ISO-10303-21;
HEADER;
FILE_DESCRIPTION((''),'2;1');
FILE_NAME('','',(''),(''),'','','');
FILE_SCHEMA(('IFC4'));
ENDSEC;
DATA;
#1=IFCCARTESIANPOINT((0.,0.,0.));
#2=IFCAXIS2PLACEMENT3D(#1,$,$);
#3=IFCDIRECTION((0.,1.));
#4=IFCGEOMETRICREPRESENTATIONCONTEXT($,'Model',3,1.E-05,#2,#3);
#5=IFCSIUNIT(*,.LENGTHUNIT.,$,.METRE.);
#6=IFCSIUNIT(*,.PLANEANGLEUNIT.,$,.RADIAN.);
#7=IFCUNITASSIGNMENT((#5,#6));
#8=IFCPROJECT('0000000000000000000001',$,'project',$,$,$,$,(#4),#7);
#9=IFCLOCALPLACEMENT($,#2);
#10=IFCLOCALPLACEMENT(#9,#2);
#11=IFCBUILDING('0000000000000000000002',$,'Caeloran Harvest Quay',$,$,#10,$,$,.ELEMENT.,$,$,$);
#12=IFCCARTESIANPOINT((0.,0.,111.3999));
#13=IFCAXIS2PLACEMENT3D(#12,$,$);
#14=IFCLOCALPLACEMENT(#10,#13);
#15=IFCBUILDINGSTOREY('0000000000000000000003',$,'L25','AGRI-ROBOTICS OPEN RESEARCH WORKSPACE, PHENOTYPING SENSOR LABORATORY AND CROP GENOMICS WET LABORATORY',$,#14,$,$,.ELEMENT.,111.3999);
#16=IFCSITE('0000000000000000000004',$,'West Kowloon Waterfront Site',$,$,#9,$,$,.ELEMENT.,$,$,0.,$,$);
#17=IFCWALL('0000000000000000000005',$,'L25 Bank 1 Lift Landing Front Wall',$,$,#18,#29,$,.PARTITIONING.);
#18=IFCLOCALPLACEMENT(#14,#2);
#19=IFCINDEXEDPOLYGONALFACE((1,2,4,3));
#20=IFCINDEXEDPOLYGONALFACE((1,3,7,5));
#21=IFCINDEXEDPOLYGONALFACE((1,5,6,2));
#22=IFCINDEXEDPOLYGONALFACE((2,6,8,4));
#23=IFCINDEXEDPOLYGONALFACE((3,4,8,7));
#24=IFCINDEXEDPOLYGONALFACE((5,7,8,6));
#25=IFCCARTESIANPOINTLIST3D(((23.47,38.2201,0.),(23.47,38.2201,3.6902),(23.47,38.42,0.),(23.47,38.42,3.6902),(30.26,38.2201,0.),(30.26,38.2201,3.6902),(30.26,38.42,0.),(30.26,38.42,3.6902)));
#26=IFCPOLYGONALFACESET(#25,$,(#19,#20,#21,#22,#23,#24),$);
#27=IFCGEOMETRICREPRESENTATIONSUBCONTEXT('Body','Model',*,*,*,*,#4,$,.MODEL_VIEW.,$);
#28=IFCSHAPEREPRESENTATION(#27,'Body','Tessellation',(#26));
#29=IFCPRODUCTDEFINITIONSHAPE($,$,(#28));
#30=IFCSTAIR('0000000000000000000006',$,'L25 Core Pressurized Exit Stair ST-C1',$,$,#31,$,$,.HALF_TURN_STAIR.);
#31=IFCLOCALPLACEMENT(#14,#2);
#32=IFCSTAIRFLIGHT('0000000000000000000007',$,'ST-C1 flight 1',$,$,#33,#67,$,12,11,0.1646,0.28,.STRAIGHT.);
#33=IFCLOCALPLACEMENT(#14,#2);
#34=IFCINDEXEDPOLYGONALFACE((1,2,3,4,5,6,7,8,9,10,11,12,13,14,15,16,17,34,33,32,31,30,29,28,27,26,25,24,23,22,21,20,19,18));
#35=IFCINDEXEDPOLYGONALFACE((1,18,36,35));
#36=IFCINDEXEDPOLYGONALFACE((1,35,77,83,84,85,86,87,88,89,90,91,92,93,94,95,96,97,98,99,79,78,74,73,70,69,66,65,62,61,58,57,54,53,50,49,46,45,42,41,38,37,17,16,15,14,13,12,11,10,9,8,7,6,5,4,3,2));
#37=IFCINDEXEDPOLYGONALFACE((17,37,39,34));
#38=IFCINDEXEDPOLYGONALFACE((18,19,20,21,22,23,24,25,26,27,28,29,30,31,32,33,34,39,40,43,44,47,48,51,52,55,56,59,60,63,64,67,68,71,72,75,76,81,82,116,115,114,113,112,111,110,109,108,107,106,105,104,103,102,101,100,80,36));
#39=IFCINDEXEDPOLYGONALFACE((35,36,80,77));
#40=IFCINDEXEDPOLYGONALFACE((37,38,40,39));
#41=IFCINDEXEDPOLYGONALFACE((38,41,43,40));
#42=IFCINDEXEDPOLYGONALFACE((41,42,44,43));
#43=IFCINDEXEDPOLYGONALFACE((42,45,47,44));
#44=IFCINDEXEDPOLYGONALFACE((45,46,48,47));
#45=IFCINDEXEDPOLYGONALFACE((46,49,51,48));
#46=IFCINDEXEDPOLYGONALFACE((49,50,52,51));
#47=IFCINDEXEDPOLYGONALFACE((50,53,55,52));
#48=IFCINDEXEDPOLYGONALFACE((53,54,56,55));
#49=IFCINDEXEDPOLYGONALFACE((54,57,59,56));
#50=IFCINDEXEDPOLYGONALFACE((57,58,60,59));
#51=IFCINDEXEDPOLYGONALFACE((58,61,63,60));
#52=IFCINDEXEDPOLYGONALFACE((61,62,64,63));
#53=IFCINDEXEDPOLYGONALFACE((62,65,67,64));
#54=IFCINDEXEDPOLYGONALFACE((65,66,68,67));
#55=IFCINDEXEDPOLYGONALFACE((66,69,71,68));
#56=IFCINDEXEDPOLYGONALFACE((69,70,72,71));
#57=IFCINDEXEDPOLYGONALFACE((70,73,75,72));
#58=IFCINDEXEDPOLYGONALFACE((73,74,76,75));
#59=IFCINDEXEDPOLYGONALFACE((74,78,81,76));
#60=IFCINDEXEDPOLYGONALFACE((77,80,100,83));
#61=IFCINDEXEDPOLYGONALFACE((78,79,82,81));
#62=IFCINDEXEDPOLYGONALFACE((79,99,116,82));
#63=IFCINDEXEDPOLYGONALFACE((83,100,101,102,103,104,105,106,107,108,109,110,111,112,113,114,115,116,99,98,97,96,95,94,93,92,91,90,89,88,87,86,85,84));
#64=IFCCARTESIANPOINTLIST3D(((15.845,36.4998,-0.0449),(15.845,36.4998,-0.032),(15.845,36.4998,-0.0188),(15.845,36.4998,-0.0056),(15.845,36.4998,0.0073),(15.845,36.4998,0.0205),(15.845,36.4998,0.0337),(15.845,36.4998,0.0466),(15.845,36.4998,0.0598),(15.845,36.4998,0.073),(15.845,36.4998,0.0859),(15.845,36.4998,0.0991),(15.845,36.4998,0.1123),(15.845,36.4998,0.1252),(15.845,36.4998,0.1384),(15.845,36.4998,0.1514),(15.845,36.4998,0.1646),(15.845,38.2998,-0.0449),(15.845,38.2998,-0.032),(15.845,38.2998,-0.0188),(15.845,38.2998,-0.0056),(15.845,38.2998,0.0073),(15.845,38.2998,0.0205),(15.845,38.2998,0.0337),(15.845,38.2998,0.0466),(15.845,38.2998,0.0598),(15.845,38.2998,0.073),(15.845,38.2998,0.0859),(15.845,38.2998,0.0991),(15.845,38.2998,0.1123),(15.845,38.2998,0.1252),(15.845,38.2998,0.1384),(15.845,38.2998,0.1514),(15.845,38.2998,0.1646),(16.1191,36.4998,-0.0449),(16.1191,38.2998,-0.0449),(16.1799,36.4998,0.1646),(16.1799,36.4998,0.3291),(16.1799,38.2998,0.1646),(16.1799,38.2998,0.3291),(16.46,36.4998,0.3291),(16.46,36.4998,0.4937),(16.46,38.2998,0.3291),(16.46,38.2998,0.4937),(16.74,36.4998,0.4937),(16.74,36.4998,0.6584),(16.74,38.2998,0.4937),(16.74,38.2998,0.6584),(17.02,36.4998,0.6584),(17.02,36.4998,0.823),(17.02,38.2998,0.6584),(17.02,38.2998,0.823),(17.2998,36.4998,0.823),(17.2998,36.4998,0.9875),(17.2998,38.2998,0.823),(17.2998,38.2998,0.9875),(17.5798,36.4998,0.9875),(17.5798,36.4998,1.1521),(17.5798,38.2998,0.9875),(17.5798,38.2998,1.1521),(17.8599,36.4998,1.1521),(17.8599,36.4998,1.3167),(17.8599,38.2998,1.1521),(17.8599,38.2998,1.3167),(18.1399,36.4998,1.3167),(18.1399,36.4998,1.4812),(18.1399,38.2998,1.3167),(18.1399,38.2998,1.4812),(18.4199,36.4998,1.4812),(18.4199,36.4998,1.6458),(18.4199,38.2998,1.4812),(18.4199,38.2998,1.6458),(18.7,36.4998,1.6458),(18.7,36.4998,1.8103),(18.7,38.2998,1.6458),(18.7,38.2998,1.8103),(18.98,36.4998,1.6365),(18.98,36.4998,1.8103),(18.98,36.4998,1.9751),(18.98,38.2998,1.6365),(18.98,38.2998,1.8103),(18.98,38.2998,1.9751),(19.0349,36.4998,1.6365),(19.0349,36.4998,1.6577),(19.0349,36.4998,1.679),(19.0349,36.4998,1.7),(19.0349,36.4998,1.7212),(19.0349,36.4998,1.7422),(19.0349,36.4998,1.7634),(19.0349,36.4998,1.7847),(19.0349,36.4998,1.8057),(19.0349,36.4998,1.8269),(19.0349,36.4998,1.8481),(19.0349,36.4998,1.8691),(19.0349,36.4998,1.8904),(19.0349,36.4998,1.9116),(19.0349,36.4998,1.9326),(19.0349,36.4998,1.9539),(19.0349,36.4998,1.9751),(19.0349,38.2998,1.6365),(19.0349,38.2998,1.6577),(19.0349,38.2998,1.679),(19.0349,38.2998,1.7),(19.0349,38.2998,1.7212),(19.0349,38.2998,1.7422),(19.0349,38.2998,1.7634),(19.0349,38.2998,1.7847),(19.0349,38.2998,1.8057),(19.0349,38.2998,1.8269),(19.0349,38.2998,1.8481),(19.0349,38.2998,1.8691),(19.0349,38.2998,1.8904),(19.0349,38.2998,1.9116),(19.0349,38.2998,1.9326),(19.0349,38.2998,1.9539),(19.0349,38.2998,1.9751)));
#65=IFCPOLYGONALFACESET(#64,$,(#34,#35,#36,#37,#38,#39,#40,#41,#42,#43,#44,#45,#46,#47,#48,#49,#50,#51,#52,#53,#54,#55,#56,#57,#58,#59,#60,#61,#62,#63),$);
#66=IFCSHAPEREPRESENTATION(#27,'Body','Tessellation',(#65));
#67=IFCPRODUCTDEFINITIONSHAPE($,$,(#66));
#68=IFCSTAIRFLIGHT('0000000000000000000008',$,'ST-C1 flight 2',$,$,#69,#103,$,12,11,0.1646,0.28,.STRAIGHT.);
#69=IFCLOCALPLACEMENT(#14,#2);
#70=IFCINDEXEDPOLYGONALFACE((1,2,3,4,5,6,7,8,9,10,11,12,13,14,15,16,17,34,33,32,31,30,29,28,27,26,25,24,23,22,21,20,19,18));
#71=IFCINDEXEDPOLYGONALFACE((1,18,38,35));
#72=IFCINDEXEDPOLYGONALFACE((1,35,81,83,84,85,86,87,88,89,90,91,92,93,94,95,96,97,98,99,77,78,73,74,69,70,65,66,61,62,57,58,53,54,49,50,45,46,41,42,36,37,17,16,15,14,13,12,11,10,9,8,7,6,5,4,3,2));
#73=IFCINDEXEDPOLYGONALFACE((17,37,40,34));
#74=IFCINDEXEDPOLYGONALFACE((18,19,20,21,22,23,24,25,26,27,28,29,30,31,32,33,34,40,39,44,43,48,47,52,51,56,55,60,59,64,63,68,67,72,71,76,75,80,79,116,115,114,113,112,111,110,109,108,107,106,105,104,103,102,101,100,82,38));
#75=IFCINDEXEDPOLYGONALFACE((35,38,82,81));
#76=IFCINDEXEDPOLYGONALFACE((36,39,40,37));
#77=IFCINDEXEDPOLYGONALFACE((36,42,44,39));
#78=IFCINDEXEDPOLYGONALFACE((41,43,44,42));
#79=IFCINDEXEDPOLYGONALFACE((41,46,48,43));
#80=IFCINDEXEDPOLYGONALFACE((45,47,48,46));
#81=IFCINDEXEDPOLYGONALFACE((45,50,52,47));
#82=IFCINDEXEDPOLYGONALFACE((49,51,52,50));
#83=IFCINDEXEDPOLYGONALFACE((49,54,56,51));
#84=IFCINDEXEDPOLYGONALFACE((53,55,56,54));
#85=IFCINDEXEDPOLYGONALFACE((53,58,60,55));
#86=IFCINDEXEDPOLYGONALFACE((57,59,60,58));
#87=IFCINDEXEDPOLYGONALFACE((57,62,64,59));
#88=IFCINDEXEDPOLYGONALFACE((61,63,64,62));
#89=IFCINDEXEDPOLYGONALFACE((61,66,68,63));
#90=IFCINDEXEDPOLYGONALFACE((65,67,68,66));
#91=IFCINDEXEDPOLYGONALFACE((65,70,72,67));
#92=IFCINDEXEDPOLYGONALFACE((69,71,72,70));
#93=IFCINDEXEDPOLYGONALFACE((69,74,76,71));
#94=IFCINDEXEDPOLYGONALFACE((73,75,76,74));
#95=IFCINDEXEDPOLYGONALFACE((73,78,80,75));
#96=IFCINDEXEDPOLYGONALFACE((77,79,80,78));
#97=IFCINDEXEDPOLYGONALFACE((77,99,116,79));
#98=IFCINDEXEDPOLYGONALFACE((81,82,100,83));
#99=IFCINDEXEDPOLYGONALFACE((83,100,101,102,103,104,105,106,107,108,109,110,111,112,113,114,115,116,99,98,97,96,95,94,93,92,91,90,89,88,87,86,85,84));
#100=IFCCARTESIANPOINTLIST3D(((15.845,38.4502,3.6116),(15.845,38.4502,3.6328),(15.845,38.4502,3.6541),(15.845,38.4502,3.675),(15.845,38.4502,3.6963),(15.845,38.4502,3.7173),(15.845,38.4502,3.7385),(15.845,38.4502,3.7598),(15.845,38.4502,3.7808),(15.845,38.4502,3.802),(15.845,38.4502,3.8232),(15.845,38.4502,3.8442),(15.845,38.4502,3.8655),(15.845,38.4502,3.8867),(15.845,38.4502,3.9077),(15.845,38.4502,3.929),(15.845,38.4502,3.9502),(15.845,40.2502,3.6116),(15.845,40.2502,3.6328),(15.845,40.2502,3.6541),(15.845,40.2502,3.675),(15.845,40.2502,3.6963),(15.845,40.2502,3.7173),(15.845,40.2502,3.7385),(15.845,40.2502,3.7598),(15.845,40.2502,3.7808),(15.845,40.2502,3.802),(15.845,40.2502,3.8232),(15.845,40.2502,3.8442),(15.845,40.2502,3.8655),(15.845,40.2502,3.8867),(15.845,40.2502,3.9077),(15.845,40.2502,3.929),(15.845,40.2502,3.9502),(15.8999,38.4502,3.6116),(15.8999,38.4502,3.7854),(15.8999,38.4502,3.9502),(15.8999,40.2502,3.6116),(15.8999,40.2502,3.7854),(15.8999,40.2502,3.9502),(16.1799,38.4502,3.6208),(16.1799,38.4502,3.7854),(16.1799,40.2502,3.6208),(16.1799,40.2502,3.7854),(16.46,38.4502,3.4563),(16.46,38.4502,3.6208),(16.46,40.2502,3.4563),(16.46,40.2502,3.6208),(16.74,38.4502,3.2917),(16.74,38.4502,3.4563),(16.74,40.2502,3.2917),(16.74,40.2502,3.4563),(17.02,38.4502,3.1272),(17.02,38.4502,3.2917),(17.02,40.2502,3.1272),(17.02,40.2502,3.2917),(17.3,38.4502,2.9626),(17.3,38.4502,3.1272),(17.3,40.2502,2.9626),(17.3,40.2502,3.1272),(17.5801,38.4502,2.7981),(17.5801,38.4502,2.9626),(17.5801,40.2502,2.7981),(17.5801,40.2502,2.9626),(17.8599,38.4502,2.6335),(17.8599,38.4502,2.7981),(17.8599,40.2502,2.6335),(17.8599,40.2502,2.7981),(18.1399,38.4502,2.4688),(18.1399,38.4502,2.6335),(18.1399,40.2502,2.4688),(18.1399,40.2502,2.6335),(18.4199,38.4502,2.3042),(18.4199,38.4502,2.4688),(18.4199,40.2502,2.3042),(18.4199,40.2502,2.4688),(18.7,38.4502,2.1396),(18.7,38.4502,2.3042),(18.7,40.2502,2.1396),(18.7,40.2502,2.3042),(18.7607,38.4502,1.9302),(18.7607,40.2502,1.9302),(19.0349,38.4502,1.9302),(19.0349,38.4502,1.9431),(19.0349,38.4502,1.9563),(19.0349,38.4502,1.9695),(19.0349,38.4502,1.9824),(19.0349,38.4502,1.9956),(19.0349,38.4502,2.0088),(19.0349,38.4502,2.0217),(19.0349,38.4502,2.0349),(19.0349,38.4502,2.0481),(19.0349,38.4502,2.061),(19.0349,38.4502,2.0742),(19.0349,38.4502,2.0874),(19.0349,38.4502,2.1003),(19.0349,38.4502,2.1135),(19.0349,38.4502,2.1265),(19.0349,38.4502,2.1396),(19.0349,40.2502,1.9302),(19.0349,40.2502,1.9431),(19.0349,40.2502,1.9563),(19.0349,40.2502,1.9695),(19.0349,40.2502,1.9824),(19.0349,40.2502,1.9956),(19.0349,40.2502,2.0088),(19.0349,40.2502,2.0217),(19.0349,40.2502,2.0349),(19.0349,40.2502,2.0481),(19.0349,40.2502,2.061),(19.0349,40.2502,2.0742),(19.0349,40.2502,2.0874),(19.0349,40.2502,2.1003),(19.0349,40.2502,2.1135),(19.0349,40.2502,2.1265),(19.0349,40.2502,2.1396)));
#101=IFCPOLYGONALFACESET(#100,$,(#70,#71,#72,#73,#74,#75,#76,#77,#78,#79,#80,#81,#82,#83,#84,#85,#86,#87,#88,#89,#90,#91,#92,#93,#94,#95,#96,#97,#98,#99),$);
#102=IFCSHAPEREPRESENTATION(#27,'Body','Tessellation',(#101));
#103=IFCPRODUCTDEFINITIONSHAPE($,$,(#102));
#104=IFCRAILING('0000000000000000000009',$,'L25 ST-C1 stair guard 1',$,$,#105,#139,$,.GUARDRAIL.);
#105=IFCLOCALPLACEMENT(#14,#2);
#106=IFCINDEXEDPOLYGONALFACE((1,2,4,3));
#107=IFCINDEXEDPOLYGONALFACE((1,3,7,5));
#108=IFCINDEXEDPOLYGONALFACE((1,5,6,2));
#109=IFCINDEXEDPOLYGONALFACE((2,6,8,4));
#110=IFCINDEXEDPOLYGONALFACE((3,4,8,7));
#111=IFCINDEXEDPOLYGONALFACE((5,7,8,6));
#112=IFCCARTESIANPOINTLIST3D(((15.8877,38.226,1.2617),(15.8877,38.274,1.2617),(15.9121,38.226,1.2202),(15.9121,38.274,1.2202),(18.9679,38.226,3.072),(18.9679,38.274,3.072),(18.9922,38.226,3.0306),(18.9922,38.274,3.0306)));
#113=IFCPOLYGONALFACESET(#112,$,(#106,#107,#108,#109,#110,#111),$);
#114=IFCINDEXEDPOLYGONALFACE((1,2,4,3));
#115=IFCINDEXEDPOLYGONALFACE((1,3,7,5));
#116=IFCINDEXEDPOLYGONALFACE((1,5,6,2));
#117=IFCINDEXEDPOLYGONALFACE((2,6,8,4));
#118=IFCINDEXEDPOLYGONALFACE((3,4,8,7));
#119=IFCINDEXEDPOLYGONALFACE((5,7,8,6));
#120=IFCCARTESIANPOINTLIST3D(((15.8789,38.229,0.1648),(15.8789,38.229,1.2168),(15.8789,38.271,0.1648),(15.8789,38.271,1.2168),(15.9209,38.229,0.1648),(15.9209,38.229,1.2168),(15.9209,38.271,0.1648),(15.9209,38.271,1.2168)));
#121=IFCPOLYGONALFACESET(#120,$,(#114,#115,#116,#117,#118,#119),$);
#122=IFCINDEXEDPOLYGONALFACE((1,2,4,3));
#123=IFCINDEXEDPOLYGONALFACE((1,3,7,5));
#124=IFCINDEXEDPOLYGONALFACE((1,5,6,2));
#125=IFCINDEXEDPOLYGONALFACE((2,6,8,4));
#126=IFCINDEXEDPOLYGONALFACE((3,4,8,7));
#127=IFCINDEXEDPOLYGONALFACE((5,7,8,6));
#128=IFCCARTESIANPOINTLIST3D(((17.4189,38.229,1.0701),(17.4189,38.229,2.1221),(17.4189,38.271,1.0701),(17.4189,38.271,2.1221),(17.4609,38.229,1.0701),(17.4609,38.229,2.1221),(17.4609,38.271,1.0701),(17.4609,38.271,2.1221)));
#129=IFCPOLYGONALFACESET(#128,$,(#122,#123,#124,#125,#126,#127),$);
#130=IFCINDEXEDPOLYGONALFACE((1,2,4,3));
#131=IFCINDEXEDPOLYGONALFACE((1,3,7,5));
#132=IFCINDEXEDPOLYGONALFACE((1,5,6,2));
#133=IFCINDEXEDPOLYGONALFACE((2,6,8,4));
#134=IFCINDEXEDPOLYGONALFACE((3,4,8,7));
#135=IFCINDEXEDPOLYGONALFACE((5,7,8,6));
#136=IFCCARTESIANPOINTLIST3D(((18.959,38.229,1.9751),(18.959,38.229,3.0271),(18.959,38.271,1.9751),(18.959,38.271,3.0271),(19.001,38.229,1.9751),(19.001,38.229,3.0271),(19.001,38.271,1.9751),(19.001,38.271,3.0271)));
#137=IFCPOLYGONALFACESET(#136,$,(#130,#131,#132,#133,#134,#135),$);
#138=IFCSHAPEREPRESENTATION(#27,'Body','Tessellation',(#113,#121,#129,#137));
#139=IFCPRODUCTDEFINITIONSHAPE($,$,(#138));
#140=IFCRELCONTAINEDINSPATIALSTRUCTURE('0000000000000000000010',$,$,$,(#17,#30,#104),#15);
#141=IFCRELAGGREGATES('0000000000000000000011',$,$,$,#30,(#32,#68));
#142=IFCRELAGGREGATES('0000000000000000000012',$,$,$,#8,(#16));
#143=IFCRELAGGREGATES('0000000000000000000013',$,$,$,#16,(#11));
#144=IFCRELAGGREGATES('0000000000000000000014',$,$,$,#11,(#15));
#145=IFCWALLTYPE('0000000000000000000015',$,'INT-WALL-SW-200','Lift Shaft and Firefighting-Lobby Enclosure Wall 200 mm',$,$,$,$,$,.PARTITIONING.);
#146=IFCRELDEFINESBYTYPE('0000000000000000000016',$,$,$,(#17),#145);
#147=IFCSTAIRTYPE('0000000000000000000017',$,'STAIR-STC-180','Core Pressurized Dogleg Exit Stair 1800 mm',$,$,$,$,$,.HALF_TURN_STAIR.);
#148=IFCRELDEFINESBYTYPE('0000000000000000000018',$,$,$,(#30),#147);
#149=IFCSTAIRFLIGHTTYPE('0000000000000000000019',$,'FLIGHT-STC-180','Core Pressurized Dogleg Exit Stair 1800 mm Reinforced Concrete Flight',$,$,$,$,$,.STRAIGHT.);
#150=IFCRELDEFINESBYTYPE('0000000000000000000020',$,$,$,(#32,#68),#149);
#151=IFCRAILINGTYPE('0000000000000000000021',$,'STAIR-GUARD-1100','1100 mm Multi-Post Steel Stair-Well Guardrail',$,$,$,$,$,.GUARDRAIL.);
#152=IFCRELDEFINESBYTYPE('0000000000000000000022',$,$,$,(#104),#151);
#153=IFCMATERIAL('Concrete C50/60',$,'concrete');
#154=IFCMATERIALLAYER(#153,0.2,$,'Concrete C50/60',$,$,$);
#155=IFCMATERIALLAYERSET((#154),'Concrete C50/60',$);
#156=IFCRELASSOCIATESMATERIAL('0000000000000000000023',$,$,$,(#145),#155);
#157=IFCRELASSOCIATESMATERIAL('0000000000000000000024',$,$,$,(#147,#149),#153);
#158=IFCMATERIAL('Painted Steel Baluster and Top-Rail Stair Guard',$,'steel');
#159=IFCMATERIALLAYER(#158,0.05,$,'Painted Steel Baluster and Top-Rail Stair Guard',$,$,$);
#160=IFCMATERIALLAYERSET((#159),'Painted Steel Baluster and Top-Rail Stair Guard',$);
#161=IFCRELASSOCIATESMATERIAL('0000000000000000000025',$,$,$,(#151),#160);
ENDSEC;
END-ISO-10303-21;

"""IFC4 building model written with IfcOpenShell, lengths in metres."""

from ifc_helpers import new_model, si_unit, direction, frame, frame_2d, origin, origin_2d, place, context, subcontext, project, spatial, polyline, rectangle, outline, extrude, material, layer, layer_set, type_object, element, aggregate, save


model = new_model("IFC4")

# Units and contexts
model_context = context("Model", 3, precision=1e-05, world=origin(), true_north=direction((0.0, 1.0)))
body_context = subcontext(model_context, "Body", "Model", "MODEL_VIEW")
ifc_project = project(units=[si_unit("LENGTHUNIT", "METRE"), si_unit("PLANEANGLEUNIT", "RADIAN")], contexts=[model_context])

# Site, building, storey
site_placement = place(None, origin())
site = spatial("IfcSite", under=ifc_project, at=site_placement, Name="West Kowloon Waterfront Site", CompositionType="ELEMENT", RefElevation=0.0)
building_placement = place(site_placement, origin())
building = spatial("IfcBuilding", under=site, at=building_placement, Name="Caeloran Harvest Quay", CompositionType="ELEMENT")
storey_placement = place(building_placement, frame((0.0, 0.0, 111.3999)))
storey = spatial("IfcBuildingStorey", under=building, at=storey_placement, Name="L25", Description="AGRI-ROBOTICS OPEN RESEARCH WORKSPACE, PHENOTYPING SENSOR LABORATORY AND CROP GENOMICS WET LABORATORY", CompositionType="ELEMENT", Elevation=111.3999)

# Shared definitions
ifc_material_1 = material(Name="Concrete C50/60", Category="concrete")
ifc_layer_1 = layer(ifc_material_1, 0.2, Name="Concrete C50/60")
ifc_layer_set_1 = layer_set([ifc_layer_1], Name="Concrete C50/60")
wall_type = type_object("IfcWallType", Name="INT-WALL-SW-200", Description="Lift Shaft and Firefighting-Lobby Enclosure Wall 200 mm", PredefinedType="PARTITIONING", material=ifc_layer_set_1)

# Wall
wall_1_placement = place(storey_placement, frame((23.47, 38.3201, 0.0), z_axis=(0.0, 0.0, 1.0), x_axis=(1.0, 0.0, 0.0)))
element("IfcWall", 1, at=wall_1_placement, inside=storey, type_object=wall_type, Name="L25 Bank 1 Lift Landing Front Wall", PredefinedType="PARTITIONING", context=body_context, shape_type="SweptSolid", body=[
    extrude(rectangle(XDim=6.79, YDim=0.2, at=frame_2d((3.395, 0.0))), origin(), (0.0, 0.0, 1.0), 3.6902),
])

# Stair, stair flights
stair_type = type_object("IfcStairType", Name="STAIR-STC-180", Description="Core Pressurized Dogleg Exit Stair 1800 mm", PredefinedType="HALF_TURN_STAIR", material=ifc_material_1)
stair_placement = place(storey_placement, origin())
stair = element("IfcStair", 2, at=stair_placement, inside=storey, type_object=stair_type, Name="L25 Core Pressurized Exit Stair ST-C1", PredefinedType="HALF_TURN_STAIR")
stair_flight_type = type_object("IfcStairFlightType", Name="FLIGHT-STC-180", Description="Core Pressurized Dogleg Exit Stair 1800 mm Reinforced Concrete Flight", PredefinedType="STRAIGHT", material=ifc_material_1)
stair_flight_1_placement = place(storey_placement, frame((15.8999, 37.3999, 0.0), z_axis=(0.0, 0.0, 1.0), x_axis=(1.0, 0.0, 0.0)))
stair_flight_1 = element("IfcStairFlight", 3, at=stair_flight_1_placement, type_object=stair_flight_type, Name="ST-C1 flight 1", NumberOfRisers=12, NumberOfTreads=11, PredefinedType="STRAIGHT", RiserHeight=0.1646, TreadLength=0.28, context=body_context, shape_type="SweptSolid", body=[
    extrude(outline(polyline([(-0.0549, -0.0449), (-0.0549, -0.032), (-0.0549, -0.0188), (-0.0549, -0.0056), (-0.0549, 0.0073), (-0.0549, 0.0205), (-0.0549, 0.0337), (-0.0549, 0.0466), (-0.0549, 0.0598), (-0.0549, 0.073), (-0.0549, 0.0859), (-0.0549, 0.0991), (-0.0549, 0.1123), (-0.0549, 0.1252), (-0.0549, 0.1384), (-0.0549, 0.1514), (-0.0549, 0.1646), (0.28, 0.1646), (0.28, 0.3291), (0.5601, 0.3291), (0.5601, 0.4937), (0.8401, 0.4937), (0.8401, 0.6584), (1.1201, 0.6584), (1.1201, 0.823), (1.3999, 0.823), (1.3999, 0.9875), (1.6799, 0.9875), (1.6799, 1.1521), (1.96, 1.1521), (1.96, 1.3167), (2.24, 1.3167), (2.24, 1.4812), (2.52, 1.4812), (2.52, 1.6458), (2.8, 1.6458), (2.8, 1.8103), (3.0801, 1.8103), (3.0801, 1.9751), (3.135, 1.9751), (3.135, 1.9539), (3.135, 1.9326), (3.135, 1.9116), (3.135, 1.8904), (3.135, 1.8691), (3.135, 1.8481), (3.135, 1.8269), (3.135, 1.8057), (3.135, 1.7847), (3.135, 1.7634), (3.135, 1.7422), (3.135, 1.7212), (3.135, 1.7), (3.135, 1.679), (3.135, 1.6577), (3.135, 1.6365), (3.0801, 1.6365), (0.2192, -0.0449), (-0.0549, -0.0449)])), frame((0.0, 0.8999, 0.0), z_axis=(0.0, -1.0, 0.0), x_axis=(1.0, 0.0, 0.0)), (0.0, 0.0, 1.0), 1.8),
])
stair_flight_2_placement = place(storey_placement, frame((18.98, 39.3501, 1.9751), z_axis=(0.0, 0.0, 1.0), x_axis=(-1.0, 0.0, 0.0)))
stair_flight_2 = element("IfcStairFlight", 4, at=stair_flight_2_placement, type_object=stair_flight_type, Name="ST-C1 flight 2", NumberOfRisers=12, NumberOfTreads=11, PredefinedType="STRAIGHT", RiserHeight=0.1646, TreadLength=0.28, context=body_context, shape_type="SweptSolid", body=[
    extrude(outline(polyline([(-0.0549, -0.0449), (-0.0549, -0.032), (-0.0549, -0.0188), (-0.0549, -0.0056), (-0.0549, 0.0073), (-0.0549, 0.0205), (-0.0549, 0.0337), (-0.0549, 0.0466), (-0.0549, 0.0598), (-0.0549, 0.073), (-0.0549, 0.0859), (-0.0549, 0.0991), (-0.0549, 0.1123), (-0.0549, 0.1252), (-0.0549, 0.1384), (-0.0549, 0.1514), (-0.0549, 0.1646), (0.28, 0.1646), (0.28, 0.3291), (0.5601, 0.3291), (0.5601, 0.4937), (0.8401, 0.4937), (0.8401, 0.6584), (1.1201, 0.6584), (1.1201, 0.823), (1.3999, 0.823), (1.3999, 0.9875), (1.6799, 0.9875), (1.6799, 1.1521), (1.96, 1.1521), (1.96, 1.3167), (2.24, 1.3167), (2.24, 1.4812), (2.52, 1.4812), (2.52, 1.6458), (2.8, 1.6458), (2.8, 1.8103), (3.0801, 1.8103), (3.0801, 1.9751), (3.135, 1.9751), (3.135, 1.9539), (3.135, 1.9326), (3.135, 1.9116), (3.135, 1.8904), (3.135, 1.8691), (3.135, 1.8481), (3.135, 1.8269), (3.135, 1.8057), (3.135, 1.7847), (3.135, 1.7634), (3.135, 1.7422), (3.135, 1.7212), (3.135, 1.7), (3.135, 1.679), (3.135, 1.6577), (3.135, 1.6365), (3.0801, 1.6365), (0.2192, -0.0449), (-0.0549, -0.0449)])), frame((0.0, 0.8999, 0.0), z_axis=(0.0, -1.0, 0.0), x_axis=(1.0, 0.0, 0.0)), (0.0, 0.0, 1.0), 1.8),
])
aggregate(stair, [stair_flight_1, stair_flight_2])

# Railing
ifc_material_2 = material(Name="Painted Steel Baluster and Top-Rail Stair Guard", Category="steel")
ifc_layer_2 = layer(ifc_material_2, 0.05, Name="Painted Steel Baluster and Top-Rail Stair Guard")
ifc_layer_set_2 = layer_set([ifc_layer_2], Name="Painted Steel Baluster and Top-Rail Stair Guard")
railing_type_1 = type_object("IfcRailingType", Name="STAIR-GUARD-1100", Description="1100 mm Multi-Post Steel Stair-Well Guardrail", PredefinedType="GUARDRAIL", material=ifc_layer_set_2)
railing_1_placement = place(storey_placement, frame((15.8999, 38.25, 0.1648)))
element("IfcRailing", 5, at=railing_1_placement, inside=storey, type_object=railing_type_1, Name="L25 ST-C1 stair guard 1", PredefinedType="GUARDRAIL", context=body_context, shape_type="SweptSolid", body=[
    extrude(rectangle(XDim=0.0481, YDim=0.0481, at=origin_2d()), frame((0.0, 0.0, 1.0762), z_axis=(0.862119, 0.0, 0.506707), x_axis=(0.0, 1.0, 0.0)), (0.0, 0.0, 1.0), 3.5728),
    extrude(rectangle(XDim=0.042, YDim=0.042, at=origin_2d()), origin(), (0.0, 0.0, 1.0), 1.052),
    extrude(rectangle(XDim=0.042, YDim=0.042, at=origin_2d()), frame((1.54, 0.0, 0.9053)), (0.0, 0.0, 1.0), 1.052),
    extrude(rectangle(XDim=0.042, YDim=0.042, at=origin_2d()), frame((3.0801, 0.0, 1.8103)), (0.0, 0.0, 1.0), 1.052),
])

save(model, "model.ifc")
